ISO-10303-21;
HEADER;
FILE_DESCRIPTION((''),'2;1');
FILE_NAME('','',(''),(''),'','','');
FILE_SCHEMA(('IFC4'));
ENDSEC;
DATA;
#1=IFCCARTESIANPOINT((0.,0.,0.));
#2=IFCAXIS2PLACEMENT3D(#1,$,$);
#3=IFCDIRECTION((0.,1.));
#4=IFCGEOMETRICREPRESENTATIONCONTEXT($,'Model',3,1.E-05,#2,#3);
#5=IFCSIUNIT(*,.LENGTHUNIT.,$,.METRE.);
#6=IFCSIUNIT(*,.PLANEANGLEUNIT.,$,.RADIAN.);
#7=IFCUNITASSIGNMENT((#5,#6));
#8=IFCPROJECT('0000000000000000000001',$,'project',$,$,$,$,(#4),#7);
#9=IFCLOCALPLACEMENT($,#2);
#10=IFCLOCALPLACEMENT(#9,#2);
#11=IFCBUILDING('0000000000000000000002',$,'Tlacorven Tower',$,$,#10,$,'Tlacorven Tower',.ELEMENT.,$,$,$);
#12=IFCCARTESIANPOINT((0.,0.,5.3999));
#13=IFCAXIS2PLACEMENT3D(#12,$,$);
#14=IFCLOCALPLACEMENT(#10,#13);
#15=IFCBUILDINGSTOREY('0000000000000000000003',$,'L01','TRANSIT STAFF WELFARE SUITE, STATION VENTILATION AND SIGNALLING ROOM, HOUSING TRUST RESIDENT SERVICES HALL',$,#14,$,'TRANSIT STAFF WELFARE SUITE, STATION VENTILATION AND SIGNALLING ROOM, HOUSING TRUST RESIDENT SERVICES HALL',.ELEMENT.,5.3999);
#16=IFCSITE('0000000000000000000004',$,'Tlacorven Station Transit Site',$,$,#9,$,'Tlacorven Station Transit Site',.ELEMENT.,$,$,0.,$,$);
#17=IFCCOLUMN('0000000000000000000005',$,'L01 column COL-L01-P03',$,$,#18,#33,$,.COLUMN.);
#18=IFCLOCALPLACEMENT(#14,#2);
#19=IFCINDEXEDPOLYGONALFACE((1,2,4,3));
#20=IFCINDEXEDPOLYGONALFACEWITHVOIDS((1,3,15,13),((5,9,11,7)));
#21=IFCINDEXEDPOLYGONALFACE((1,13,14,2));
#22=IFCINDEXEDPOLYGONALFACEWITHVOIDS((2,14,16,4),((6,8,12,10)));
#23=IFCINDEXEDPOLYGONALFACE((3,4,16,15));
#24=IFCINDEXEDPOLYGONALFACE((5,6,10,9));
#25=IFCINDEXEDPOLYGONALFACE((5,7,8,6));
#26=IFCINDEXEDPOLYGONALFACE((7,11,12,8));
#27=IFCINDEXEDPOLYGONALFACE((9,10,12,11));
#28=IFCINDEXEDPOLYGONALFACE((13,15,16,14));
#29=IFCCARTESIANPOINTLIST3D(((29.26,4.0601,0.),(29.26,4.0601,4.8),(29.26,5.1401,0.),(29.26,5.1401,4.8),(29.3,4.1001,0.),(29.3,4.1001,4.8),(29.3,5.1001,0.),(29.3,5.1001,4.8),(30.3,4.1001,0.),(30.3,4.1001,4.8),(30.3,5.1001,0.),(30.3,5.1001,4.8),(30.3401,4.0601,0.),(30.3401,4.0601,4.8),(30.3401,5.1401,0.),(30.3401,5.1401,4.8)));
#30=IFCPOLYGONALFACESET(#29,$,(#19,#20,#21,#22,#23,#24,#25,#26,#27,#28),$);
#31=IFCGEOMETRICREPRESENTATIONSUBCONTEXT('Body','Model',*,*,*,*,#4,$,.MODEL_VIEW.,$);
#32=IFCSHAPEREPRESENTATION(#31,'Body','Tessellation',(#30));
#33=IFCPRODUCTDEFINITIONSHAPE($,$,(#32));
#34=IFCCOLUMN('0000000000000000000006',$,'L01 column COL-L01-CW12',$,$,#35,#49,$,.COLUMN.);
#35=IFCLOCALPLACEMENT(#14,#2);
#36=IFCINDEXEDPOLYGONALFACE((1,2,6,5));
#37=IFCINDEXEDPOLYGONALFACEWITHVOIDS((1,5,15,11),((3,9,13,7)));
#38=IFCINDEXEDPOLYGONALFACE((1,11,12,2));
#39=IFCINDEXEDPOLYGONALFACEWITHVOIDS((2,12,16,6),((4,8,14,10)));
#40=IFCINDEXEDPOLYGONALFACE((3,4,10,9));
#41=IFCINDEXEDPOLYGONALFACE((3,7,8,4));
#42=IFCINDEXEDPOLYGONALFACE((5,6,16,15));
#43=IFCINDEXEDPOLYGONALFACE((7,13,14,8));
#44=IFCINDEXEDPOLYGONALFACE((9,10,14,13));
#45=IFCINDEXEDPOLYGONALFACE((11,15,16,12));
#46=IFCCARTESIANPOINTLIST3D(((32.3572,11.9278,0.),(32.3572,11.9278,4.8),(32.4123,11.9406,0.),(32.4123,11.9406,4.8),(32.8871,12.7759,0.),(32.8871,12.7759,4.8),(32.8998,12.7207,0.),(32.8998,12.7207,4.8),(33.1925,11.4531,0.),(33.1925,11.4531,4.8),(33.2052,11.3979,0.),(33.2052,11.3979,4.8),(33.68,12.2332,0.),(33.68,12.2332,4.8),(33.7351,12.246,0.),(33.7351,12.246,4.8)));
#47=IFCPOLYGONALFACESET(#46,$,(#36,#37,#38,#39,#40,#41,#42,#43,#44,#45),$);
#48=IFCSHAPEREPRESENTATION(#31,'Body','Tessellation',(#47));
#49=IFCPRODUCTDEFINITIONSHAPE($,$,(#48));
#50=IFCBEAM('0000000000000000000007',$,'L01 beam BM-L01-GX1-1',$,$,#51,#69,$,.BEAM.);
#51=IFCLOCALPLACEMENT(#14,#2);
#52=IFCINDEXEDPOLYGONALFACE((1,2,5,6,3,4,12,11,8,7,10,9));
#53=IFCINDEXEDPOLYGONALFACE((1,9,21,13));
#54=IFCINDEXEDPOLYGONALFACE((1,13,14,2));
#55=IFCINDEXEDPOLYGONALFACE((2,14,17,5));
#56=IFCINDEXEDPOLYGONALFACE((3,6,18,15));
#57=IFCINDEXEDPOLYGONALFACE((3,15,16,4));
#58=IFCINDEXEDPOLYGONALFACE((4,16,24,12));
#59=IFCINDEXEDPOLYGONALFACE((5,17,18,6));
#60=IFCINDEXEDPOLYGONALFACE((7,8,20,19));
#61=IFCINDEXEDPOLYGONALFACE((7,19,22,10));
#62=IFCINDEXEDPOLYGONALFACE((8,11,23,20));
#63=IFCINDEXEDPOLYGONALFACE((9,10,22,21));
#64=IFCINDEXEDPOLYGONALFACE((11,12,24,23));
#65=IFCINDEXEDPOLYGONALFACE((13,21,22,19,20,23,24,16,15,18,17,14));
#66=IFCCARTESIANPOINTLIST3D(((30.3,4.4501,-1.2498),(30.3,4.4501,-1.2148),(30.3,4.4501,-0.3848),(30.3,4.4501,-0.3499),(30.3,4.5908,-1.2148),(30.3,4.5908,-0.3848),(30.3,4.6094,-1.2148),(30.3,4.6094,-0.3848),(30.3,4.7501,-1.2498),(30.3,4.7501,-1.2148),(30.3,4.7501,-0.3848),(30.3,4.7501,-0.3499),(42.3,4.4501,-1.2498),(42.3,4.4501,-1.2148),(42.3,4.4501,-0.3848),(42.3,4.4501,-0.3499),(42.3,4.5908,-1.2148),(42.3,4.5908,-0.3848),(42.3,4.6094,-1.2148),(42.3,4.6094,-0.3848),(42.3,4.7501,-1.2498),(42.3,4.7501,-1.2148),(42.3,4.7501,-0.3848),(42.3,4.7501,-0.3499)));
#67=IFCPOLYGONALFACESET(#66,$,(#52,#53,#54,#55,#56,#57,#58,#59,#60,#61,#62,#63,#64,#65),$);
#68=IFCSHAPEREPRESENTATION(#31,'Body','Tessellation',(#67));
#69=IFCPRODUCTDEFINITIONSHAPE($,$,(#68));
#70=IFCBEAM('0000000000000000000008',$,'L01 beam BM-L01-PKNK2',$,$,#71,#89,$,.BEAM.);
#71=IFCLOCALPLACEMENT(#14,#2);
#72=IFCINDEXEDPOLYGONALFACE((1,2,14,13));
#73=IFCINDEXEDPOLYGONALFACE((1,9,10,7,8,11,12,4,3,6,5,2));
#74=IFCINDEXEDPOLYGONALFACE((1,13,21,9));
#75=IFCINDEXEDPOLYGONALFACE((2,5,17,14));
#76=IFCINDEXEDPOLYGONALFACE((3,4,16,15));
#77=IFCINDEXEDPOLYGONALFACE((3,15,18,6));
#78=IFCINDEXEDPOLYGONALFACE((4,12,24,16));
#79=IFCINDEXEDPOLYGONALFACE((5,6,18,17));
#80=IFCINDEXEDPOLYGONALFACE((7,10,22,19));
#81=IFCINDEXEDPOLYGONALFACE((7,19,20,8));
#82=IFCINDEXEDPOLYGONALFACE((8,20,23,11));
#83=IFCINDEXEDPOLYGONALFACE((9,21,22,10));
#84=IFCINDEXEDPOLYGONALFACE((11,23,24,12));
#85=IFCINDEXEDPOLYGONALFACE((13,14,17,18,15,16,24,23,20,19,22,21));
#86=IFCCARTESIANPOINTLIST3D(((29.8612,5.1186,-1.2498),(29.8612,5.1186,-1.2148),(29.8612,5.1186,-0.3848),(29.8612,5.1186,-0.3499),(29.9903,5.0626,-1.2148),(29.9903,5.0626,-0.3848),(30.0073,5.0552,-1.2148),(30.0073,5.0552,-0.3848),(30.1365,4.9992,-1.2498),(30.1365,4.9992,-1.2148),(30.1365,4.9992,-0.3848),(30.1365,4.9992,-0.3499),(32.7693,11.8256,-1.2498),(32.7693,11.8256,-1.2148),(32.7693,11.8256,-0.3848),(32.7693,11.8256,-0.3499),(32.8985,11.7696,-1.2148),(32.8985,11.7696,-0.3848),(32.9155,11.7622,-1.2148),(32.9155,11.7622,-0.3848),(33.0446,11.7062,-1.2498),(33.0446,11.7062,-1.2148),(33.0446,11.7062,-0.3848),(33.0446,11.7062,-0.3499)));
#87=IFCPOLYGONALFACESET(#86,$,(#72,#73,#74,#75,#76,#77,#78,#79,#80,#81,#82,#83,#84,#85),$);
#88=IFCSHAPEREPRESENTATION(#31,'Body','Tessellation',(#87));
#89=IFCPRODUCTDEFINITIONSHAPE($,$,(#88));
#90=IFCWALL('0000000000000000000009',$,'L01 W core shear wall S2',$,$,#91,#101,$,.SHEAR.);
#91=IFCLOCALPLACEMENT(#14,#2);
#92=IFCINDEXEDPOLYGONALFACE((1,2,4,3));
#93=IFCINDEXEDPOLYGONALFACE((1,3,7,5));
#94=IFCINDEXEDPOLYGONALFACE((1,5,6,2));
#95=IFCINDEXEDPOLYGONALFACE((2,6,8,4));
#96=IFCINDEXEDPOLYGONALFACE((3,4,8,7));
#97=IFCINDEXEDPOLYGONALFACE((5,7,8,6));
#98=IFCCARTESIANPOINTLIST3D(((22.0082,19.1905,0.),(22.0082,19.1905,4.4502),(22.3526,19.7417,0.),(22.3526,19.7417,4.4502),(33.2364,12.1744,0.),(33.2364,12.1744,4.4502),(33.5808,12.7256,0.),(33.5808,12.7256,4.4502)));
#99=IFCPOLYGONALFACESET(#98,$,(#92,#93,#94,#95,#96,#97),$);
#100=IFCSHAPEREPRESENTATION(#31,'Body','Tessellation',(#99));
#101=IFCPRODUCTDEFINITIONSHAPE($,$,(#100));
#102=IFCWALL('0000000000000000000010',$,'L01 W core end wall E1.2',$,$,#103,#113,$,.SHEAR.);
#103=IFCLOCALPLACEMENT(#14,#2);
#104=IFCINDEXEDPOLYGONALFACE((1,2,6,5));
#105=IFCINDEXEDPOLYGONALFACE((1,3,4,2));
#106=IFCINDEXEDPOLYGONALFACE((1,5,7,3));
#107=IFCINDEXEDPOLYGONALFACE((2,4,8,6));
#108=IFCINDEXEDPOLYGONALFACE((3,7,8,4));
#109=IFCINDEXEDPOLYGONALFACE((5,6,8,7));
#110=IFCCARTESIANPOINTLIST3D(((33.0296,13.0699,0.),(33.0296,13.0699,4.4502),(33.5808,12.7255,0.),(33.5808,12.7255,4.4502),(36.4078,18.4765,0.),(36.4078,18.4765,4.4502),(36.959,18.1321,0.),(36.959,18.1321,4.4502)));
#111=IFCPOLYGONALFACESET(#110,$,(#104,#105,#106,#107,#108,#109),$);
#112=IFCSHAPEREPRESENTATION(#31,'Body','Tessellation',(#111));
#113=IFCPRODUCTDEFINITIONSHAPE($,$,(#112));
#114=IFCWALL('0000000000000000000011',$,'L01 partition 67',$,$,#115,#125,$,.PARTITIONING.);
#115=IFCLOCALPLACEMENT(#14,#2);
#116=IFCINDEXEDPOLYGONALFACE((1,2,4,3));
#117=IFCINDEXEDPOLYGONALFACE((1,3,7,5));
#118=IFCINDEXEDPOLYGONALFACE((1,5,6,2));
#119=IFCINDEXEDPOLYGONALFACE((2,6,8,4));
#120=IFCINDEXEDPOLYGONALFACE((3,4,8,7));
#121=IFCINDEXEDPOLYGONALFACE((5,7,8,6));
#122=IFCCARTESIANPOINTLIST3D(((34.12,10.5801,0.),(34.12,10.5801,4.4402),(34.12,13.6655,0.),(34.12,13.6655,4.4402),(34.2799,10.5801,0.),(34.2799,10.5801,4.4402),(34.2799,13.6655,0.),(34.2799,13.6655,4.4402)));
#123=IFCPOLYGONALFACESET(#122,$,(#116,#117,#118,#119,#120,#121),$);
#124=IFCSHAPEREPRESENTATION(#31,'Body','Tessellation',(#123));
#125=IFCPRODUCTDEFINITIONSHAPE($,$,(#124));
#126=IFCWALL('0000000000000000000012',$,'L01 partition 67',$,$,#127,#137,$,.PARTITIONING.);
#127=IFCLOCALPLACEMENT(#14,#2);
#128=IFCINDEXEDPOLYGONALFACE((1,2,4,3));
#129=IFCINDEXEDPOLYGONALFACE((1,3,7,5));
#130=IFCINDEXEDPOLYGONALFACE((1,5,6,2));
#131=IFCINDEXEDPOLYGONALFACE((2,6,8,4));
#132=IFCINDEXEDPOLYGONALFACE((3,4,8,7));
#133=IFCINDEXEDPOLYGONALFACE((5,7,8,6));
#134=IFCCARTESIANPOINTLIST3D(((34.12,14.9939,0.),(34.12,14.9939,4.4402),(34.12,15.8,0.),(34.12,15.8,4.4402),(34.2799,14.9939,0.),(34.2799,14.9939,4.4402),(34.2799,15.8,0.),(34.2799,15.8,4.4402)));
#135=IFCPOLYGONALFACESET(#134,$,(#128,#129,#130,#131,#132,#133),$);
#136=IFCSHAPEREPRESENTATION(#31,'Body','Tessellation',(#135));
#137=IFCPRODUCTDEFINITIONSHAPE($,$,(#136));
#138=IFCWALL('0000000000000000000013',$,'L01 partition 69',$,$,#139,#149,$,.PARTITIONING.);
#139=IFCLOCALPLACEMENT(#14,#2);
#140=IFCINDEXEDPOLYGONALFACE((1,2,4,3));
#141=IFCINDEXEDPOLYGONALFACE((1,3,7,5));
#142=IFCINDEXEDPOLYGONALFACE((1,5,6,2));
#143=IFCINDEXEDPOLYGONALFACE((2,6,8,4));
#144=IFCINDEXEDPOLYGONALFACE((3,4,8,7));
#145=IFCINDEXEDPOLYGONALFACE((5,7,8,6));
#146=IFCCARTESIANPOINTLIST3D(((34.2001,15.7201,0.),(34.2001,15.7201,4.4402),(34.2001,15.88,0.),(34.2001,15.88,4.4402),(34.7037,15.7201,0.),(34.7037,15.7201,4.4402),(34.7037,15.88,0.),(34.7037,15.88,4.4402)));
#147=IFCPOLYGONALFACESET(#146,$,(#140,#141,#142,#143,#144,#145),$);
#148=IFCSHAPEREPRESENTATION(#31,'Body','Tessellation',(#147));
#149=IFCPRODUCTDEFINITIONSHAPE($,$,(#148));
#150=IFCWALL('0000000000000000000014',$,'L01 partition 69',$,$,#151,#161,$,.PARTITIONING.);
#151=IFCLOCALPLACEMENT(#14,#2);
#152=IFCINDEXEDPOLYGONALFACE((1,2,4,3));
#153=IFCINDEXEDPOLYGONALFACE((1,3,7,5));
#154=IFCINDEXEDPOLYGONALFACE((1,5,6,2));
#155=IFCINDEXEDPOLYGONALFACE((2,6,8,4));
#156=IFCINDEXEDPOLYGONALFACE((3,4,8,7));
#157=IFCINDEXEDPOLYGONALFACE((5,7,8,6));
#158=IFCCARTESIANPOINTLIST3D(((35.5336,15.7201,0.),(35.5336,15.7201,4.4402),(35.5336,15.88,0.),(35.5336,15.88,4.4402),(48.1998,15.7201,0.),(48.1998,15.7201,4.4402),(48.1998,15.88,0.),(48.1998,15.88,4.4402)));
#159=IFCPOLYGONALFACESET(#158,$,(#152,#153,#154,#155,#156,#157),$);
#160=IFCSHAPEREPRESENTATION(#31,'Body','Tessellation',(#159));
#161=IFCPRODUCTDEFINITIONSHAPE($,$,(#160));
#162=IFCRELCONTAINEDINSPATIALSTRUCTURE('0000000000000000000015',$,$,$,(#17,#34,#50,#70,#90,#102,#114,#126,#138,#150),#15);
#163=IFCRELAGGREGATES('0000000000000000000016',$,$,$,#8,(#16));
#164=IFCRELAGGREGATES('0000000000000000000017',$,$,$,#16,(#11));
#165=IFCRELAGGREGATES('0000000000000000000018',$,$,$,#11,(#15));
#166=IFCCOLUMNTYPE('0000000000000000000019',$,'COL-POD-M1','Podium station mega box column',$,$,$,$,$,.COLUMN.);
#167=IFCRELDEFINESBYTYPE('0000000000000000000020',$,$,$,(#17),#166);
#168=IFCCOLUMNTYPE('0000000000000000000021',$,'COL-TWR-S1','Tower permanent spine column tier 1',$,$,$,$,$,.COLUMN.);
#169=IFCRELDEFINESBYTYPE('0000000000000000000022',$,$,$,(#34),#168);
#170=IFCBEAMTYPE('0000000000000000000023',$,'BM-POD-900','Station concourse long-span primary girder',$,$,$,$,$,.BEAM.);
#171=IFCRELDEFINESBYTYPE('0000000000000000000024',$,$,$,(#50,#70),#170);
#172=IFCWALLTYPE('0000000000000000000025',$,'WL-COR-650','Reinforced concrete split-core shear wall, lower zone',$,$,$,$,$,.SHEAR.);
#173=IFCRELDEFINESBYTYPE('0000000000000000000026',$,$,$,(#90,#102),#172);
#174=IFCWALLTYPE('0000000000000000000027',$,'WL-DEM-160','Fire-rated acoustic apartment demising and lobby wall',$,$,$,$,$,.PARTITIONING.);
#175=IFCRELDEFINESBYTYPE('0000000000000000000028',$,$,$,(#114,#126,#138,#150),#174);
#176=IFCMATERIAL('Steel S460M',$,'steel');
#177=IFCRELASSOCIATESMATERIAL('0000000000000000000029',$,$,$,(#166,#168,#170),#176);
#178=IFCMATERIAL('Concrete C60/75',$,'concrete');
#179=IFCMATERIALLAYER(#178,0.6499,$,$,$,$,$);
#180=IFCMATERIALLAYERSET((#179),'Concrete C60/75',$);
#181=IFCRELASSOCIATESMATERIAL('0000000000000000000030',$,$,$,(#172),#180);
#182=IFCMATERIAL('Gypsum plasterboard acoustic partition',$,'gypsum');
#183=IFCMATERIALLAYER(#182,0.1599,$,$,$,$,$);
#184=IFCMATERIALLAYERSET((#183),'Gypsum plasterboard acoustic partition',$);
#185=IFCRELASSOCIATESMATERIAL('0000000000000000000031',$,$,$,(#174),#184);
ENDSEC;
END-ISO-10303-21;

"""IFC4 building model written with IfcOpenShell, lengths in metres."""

from ifc_helpers import new_model, si_unit, direction, frame, frame_2d, origin, origin_2d, place, context, subcontext, project, spatial, rectangle, hollow_rectangle, i_section, extrude, source, transform, mapped, material, layer, layer_set, material_profile, profile_set, type_object, element, save


model = new_model("IFC4")

# Units and contexts
model_context = context("Model", 3, precision=1e-05, world=origin(), true_north=direction((0.0, 1.0)))
body_context = subcontext(model_context, "Body", "Model", "MODEL_VIEW")
ifc_project = project(units=[si_unit("LENGTHUNIT", "METRE"), si_unit("PLANEANGLEUNIT", "RADIAN")], contexts=[model_context])

# Site, building, storey
site_placement = place(None, origin())
site = spatial("IfcSite", under=ifc_project, at=site_placement, Name="Tlacorven Station Transit Site", LongName="Tlacorven Station Transit Site", CompositionType="ELEMENT", RefElevation=0.0)
building_placement = place(site_placement, origin())
building = spatial("IfcBuilding", under=site, at=building_placement, Name="Tlacorven Tower", LongName="Tlacorven Tower", CompositionType="ELEMENT")
storey_placement = place(building_placement, frame((0.0, 0.0, 5.3999)))
storey = spatial("IfcBuildingStorey", under=building, at=storey_placement, Name="L01", Description="TRANSIT STAFF WELFARE SUITE, STATION VENTILATION AND SIGNALLING ROOM, HOUSING TRUST RESIDENT SERVICES HALL", LongName="TRANSIT STAFF WELFARE SUITE, STATION VENTILATION AND SIGNALLING ROOM, HOUSING TRUST RESIDENT SERVICES HALL", CompositionType="ELEMENT", Elevation=5.3999)

# Columns
ifc_material_1 = material(Name="Steel S460M", Category="steel")
ifc_material_profile_1 = material_profile(ifc_material_1, hollow_rectangle(XDim=1.0801, YDim=1.0801, WallThickness=0.04, at=origin_2d()), Name="BOX 1080X1080X40")
ifc_profile_set_1 = profile_set([ifc_material_profile_1], Name="Steel S460M")
column_type_1 = type_object("IfcColumnType", Name="COL-POD-M1", Description="Podium station mega box column", PredefinedType="COLUMN", material=ifc_profile_set_1)
shared_shape_1 = source(origin(), body_context, "Body", "SweptSolid", [
    extrude(hollow_rectangle(XDim=1.0801, YDim=1.0801, WallThickness=0.04, at=origin_2d()), origin(), (0.0, 0.0, 1.0), 4.8),
])
column_1_placement = place(storey_placement, frame((29.8, 4.6001, 0.0), z_axis=(0.0, 0.0, 1.0), x_axis=(1.0, 0.0, 0.0)))
element("IfcColumn", 1, at=column_1_placement, inside=storey, type_object=column_type_1, Name="L01 column COL-L01-P03", PredefinedType="COLUMN", context=body_context, shape_type="MappedRepresentation", body=[
    mapped(shared_shape_1, transform((0.0, 0.0, 0.0), scale=1.0)),
])
ifc_material_profile_2 = material_profile(ifc_material_1, hollow_rectangle(XDim=1.0, YDim=1.0, WallThickness=0.04, at=origin_2d()), Name="BOX 1000X1000X40")
ifc_profile_set_2 = profile_set([ifc_material_profile_2], Name="Steel S460M")
column_type_2 = type_object("IfcColumnType", Name="COL-TWR-S1", Description="Tower permanent spine column tier 1", PredefinedType="COLUMN", material=ifc_profile_set_2)
shared_shape_2 = source(origin(), body_context, "Body", "SweptSolid", [
    extrude(hollow_rectangle(XDim=1.0, YDim=1.0, WallThickness=0.04, at=origin_2d()), origin(), (0.0, 0.0, 1.0), 4.8),
])
column_2_placement = place(storey_placement, frame((33.0461, 12.0869, 0.0), z_axis=(0.0, 0.0, 1.0), x_axis=(-0.848048, 0.529919, 0.0)))
element("IfcColumn", 2, at=column_2_placement, inside=storey, type_object=column_type_2, Name="L01 column COL-L01-CW12", PredefinedType="COLUMN", context=body_context, shape_type="MappedRepresentation", body=[
    mapped(shared_shape_2, transform((0.0, 0.0, 0.0), scale=1.0)),
])

# Beams
ifc_material_profile_3 = material_profile(ifc_material_1, i_section(OverallWidth=0.3, OverallDepth=0.8999, WebThickness=0.0186, FlangeThickness=0.0349, at=origin_2d()), Name="HEB 900")
ifc_profile_set_3 = profile_set([ifc_material_profile_3], Name="Steel S460M")
beam_type = type_object("IfcBeamType", Name="BM-POD-900", Description="Station concourse long-span primary girder", PredefinedType="BEAM", material=ifc_profile_set_3)
shared_shape_3 = source(origin(), body_context, "Body", "SweptSolid", [
    extrude(i_section(OverallWidth=0.3, OverallDepth=0.8999, WebThickness=0.0186, FlangeThickness=0.0349, at=origin_2d()), origin(), (0.0, 0.0, 1.0), 12.0),
])
beam_1_placement = place(storey_placement, frame((30.3, 4.6001, -0.7998), z_axis=(1.0, 0.0, 0.0), x_axis=(0.0, 1.0, 0.0)))
element("IfcBeam", 3, at=beam_1_placement, inside=storey, type_object=beam_type, Name="L01 beam BM-L01-GX1-1", PredefinedType="BEAM", context=body_context, shape_type="MappedRepresentation", body=[
    mapped(shared_shape_3, transform((0.0, 0.0, 0.0), scale=1.0)),
])
shared_shape_4 = source(origin(), body_context, "Body", "SweptSolid", [
    extrude(i_section(OverallWidth=0.3, OverallDepth=0.8999, WebThickness=0.0186, FlangeThickness=0.0349, at=origin_2d()), origin(), (0.0, 0.0, 1.0), 7.3103),
])
beam_2_placement = place(storey_placement, frame((32.907, 11.7659, -0.7998), z_axis=(-0.397817, -0.917465, 0.0), x_axis=(0.917465, -0.397817, 0.0)))
element("IfcBeam", 4, at=beam_2_placement, inside=storey, type_object=beam_type, Name="L01 beam BM-L01-PKNK2", PredefinedType="BEAM", context=body_context, shape_type="MappedRepresentation", body=[
    mapped(shared_shape_4, transform((0.0, 0.0, 0.0), scale=1.0)),
])

# Walls
ifc_material_2 = material(Name="Concrete C60/75", Category="concrete")
ifc_layer_1 = layer(ifc_material_2, 0.6499)
ifc_layer_set_1 = layer_set([ifc_layer_1], Name="Concrete C60/75")
wall_type_1 = type_object("IfcWallType", Name="WL-COR-650", Description="Reinforced concrete split-core shear wall, lower zone", PredefinedType="SHEAR", material=ifc_layer_set_1)
wall_1_placement = place(storey_placement, frame((33.4087, 12.45, 0.0), z_axis=(0.0, 0.0, 1.0), x_axis=(-0.848051, 0.529914, 0.0)))
element("IfcWall", 5, at=wall_1_placement, inside=storey, type_object=wall_type_1, Name="L01 W core shear wall S2", PredefinedType="SHEAR", context=body_context, shape_type="SweptSolid", body=[
    extrude(rectangle(XDim=13.24, YDim=0.6499, at=frame_2d((6.6201, 0.0))), origin(), (0.0, 0.0, 1.0), 4.4502),
])
wall_2_placement = place(storey_placement, frame((36.6833, 18.3042, 0.0), z_axis=(0.0, 0.0, 1.0), x_axis=(-0.529899, -0.848061, 0.0)))
element("IfcWall", 6, at=wall_2_placement, inside=storey, type_object=wall_type_1, Name="L01 W core end wall E1.2", PredefinedType="SHEAR", context=body_context, shape_type="SweptSolid", body=[
    extrude(rectangle(XDim=6.3752, YDim=0.6499, at=frame_2d((3.1875, 0.0))), origin(), (0.0, 0.0, 1.0), 4.4502),
])
ifc_material_3 = material(Name="Gypsum plasterboard acoustic partition", Category="gypsum")
ifc_layer_2 = layer(ifc_material_3, 0.1599)
ifc_layer_set_2 = layer_set([ifc_layer_2], Name="Gypsum plasterboard acoustic partition")
wall_type_2 = type_object("IfcWallType", Name="WL-DEM-160", Description="Fire-rated acoustic apartment demising and lobby wall", PredefinedType="PARTITIONING", material=ifc_layer_set_2)
wall_3_placement = place(storey_placement, frame((34.2, 10.5801, 0.0), z_axis=(0.0, 0.0, 1.0), x_axis=(0.0, 1.0, 0.0)))
element("IfcWall", 7, at=wall_3_placement, inside=storey, type_object=wall_type_2, Name="L01 partition 67", PredefinedType="PARTITIONING", context=body_context, shape_type="SweptSolid", body=[
    extrude(rectangle(XDim=3.0854, YDim=0.1599, at=frame_2d((1.5427, 0.0))), origin(), (0.0, 0.0, 1.0), 4.4402),
])
wall_4_placement = place(storey_placement, frame((34.2, 14.9939, 0.0), z_axis=(0.0, 0.0, 1.0), x_axis=(0.0, 1.0, 0.0)))
element("IfcWall", 8, at=wall_4_placement, inside=storey, type_object=wall_type_2, Name="L01 partition 67", PredefinedType="PARTITIONING", context=body_context, shape_type="SweptSolid", body=[
    extrude(rectangle(XDim=0.8062, YDim=0.1599, at=frame_2d((0.4031, 0.0))), origin(), (0.0, 0.0, 1.0), 4.4402),
])
wall_5_placement = place(storey_placement, frame((34.2, 15.8, 0.0), z_axis=(0.0, 0.0, 1.0), x_axis=(1.0, 0.0, 0.0)))
element("IfcWall", 9, at=wall_5_placement, inside=storey, type_object=wall_type_2, Name="L01 partition 69", PredefinedType="PARTITIONING", context=body_context, shape_type="SweptSolid", body=[
    extrude(rectangle(XDim=0.5037, YDim=0.1599, at=frame_2d((0.252, 0.0))), origin(), (0.0, 0.0, 1.0), 4.4402),
])
wall_6_placement = place(storey_placement, frame((35.5337, 15.8, 0.0), z_axis=(0.0, 0.0, 1.0), x_axis=(1.0, 0.0, 0.0)))
element("IfcWall", 10, at=wall_6_placement, inside=storey, type_object=wall_type_2, Name="L01 partition 69", PredefinedType="PARTITIONING", context=body_context, shape_type="SweptSolid", body=[
    extrude(rectangle(XDim=12.6663, YDim=0.1599, at=frame_2d((6.333, 0.0))), origin(), (0.0, 0.0, 1.0), 4.4402),
])

save(model, "model.ifc")
